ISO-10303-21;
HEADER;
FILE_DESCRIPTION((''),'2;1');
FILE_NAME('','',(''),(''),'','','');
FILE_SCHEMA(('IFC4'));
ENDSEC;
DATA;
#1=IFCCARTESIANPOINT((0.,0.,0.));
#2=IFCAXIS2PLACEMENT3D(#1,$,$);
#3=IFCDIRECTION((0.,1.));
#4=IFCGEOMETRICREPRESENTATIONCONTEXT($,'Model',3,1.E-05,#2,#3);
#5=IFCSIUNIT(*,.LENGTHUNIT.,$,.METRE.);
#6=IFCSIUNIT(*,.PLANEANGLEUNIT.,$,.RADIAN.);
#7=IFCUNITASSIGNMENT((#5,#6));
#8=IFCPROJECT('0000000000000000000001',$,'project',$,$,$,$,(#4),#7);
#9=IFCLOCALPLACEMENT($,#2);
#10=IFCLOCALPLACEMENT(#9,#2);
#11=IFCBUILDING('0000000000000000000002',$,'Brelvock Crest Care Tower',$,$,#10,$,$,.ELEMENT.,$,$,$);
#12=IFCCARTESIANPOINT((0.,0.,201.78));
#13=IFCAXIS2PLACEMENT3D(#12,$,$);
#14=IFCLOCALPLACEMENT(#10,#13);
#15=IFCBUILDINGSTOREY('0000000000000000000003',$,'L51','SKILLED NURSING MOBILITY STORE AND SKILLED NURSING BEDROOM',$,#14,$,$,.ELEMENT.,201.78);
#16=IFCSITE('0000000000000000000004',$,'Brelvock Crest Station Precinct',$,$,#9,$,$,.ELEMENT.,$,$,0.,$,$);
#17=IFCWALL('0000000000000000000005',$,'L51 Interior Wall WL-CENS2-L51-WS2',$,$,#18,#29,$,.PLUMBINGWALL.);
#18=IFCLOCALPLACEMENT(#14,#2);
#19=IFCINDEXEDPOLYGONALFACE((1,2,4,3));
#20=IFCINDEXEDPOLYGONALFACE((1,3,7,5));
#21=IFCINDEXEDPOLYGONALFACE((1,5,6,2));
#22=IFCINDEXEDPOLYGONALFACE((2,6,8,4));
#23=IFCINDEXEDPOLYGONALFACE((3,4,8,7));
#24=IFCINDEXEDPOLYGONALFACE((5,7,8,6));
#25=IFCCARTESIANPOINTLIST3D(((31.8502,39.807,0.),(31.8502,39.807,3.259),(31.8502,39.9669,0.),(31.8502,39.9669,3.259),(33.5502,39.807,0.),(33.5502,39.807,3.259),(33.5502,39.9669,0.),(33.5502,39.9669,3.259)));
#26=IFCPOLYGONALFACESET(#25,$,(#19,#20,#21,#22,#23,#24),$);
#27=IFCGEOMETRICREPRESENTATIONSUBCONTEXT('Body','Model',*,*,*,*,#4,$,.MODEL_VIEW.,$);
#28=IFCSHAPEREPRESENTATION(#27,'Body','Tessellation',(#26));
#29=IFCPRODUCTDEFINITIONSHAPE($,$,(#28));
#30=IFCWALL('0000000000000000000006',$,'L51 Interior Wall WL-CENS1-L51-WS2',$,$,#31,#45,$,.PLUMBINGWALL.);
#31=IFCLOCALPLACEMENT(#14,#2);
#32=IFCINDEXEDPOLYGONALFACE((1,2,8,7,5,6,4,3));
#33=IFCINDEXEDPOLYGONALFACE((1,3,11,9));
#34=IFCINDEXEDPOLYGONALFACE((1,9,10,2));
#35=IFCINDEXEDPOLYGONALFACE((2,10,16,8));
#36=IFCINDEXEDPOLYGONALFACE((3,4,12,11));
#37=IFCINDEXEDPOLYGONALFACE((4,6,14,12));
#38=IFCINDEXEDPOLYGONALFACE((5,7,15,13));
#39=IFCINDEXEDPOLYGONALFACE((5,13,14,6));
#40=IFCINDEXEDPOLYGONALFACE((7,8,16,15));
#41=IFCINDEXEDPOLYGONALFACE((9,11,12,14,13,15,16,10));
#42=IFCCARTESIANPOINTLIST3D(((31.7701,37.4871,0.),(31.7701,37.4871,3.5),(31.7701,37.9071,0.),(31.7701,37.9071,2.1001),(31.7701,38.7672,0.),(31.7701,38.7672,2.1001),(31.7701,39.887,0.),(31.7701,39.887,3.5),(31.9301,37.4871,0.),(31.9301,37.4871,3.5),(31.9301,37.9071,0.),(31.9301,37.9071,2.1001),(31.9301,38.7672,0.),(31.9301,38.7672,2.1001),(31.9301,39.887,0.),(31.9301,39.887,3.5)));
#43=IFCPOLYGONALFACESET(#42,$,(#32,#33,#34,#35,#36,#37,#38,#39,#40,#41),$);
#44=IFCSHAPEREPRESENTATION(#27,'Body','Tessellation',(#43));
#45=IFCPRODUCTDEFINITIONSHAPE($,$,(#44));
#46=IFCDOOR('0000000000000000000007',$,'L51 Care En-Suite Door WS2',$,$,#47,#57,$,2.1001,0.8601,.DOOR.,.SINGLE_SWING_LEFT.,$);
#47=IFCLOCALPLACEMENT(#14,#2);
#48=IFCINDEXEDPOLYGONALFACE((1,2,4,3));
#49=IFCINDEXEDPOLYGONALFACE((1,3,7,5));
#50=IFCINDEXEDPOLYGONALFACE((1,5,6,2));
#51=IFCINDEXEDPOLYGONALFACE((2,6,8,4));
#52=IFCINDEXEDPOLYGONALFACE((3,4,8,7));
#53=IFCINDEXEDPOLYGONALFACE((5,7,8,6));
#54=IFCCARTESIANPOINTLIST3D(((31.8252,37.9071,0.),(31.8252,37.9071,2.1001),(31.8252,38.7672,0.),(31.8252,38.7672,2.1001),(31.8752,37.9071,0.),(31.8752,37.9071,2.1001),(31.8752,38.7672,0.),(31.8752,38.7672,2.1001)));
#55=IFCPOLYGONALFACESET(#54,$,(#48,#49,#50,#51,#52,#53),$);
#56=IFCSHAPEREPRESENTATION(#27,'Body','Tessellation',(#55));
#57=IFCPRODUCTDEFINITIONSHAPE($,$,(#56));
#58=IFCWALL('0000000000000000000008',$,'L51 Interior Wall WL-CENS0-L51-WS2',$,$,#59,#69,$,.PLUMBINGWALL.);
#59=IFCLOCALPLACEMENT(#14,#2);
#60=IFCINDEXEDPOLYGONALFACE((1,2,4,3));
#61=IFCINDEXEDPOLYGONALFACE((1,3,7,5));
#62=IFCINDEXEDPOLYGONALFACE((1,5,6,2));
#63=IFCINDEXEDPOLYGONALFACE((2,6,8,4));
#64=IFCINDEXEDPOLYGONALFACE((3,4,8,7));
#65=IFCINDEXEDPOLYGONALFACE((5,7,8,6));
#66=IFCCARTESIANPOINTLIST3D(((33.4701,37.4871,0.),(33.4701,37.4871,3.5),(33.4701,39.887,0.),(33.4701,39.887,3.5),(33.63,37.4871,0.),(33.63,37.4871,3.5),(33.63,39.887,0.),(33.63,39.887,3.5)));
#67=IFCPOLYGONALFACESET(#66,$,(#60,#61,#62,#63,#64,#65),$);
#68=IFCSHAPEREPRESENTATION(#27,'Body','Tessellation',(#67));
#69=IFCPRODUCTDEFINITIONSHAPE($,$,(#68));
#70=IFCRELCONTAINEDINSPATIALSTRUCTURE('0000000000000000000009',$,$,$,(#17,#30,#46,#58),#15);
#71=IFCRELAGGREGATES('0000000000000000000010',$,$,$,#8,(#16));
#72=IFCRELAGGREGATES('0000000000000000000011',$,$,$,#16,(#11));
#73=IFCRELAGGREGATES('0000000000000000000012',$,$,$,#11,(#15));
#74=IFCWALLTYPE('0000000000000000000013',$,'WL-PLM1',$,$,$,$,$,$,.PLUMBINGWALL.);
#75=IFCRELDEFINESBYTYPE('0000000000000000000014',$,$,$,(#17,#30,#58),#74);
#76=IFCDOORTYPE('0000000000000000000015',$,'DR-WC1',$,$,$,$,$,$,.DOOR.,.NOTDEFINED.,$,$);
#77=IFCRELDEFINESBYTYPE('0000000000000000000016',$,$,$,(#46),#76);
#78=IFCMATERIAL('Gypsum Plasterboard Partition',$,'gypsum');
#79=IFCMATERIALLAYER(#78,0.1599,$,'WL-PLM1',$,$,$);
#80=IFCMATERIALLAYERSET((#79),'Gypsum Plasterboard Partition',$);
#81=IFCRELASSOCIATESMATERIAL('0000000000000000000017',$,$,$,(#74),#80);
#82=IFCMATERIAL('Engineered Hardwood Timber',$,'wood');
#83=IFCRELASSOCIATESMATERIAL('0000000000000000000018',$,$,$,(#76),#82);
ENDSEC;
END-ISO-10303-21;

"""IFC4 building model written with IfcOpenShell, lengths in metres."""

from ifc_helpers import new_model, si_unit, direction, frame, frame_2d, origin, origin_2d, place, context, subcontext, project, spatial, rectangle, extrude, source, transform, mapped, material, layer, layer_set, type_object, element, fill, save


model = new_model("IFC4")

# Units and contexts
model_context = context("Model", 3, precision=1e-05, world=origin(), true_north=direction((0.0, 1.0)))
body_context = subcontext(model_context, "Body", "Model", "MODEL_VIEW")
ifc_project = project(units=[si_unit("LENGTHUNIT", "METRE"), si_unit("PLANEANGLEUNIT", "RADIAN")], contexts=[model_context])

# Site, building, storey
site_placement = place(None, origin())
site = spatial("IfcSite", under=ifc_project, at=site_placement, Name="Brelvock Crest Station Precinct", CompositionType="ELEMENT", RefElevation=0.0)
building_placement = place(site_placement, origin())
building = spatial("IfcBuilding", under=site, at=building_placement, Name="Brelvock Crest Care Tower", CompositionType="ELEMENT")
storey_placement = place(building_placement, frame((0.0, 0.0, 201.78)))
storey = spatial("IfcBuildingStorey", under=building, at=storey_placement, Name="L51", Description="SKILLED NURSING MOBILITY STORE AND SKILLED NURSING BEDROOM", CompositionType="ELEMENT", Elevation=201.78)

# Shared definitions
ifc_material_1 = material(Name="Engineered Hardwood Timber", Category="wood")

# Wall
ifc_material_2 = material(Name="Gypsum Plasterboard Partition", Category="gypsum")
ifc_layer_1 = layer(ifc_material_2, 0.1599, Name="WL-PLM1")
ifc_layer_set_1 = layer_set([ifc_layer_1], Name="Gypsum Plasterboard Partition")
wall_type_1 = type_object("IfcWallType", Name="WL-PLM1", PredefinedType="PLUMBINGWALL", material=ifc_layer_set_1)
wall_1_placement = place(storey_placement, frame((31.8501, 39.887, 0.0), z_axis=(0.0, 0.0, 1.0), x_axis=(1.0, 0.0, 0.0)))
element("IfcWall", 1, at=wall_1_placement, inside=storey, type_object=wall_type_1, Name="L51 Interior Wall WL-CENS2-L51-WS2", PredefinedType="PLUMBINGWALL", context=body_context, shape_type="SweptSolid", body=[
    extrude(rectangle(XDim=1.7, YDim=0.1599, at=frame_2d((0.8501, 0.0))), origin(), (0.0, 0.0, 1.0), 3.259),
])

# Wall, opening, door
wall_2_placement = place(storey_placement, frame((31.8501, 37.4871, 0.0), z_axis=(0.0, 0.0, 1.0), x_axis=(0.0, 1.0, 0.0)))
wall_2 = element("IfcWall", 2, at=wall_2_placement, inside=storey, type_object=wall_type_1, Name="L51 Interior Wall WL-CENS1-L51-WS2", PredefinedType="PLUMBINGWALL", context=body_context, shape_type="SweptSolid", body=[
    extrude(rectangle(XDim=2.3999, YDim=0.1599, at=frame_2d((1.2, 0.0))), origin(), (0.0, 0.0, 1.0), 3.5),
])
opening_1_placement = place(wall_2_placement, frame((0.4199, 0.0, 0.0)))
opening_1 = element("IfcOpeningElement", 3, at=opening_1_placement, cuts=wall_2, PredefinedType="OPENING", context=body_context, shape_type="SweptSolid", body=[
    extrude(rectangle(XDim=0.8601, YDim=2.1001, at=origin_2d()), frame((0.4302, 0.0898, 1.05), z_axis=(0.0, -1.0, 0.0), x_axis=(1.0, 0.0, 0.0)), (0.0, 0.0, 1.0), 0.1799),
])
door_type_1 = type_object("IfcDoorType", Name="DR-WC1", OperationType="NOTDEFINED", PredefinedType="DOOR", material=ifc_material_1)
shared_shape_1 = source(origin(), body_context, "Body", "SweptSolid", [
    extrude(rectangle(XDim=0.8601, YDim=2.1001, at=origin_2d()), frame((0.4302, 0.0249, 1.05), z_axis=(0.0, -1.0, 0.0), x_axis=(1.0, 0.0, 0.0)), (0.0, 0.0, 1.0), 0.05),
])
door_1_placement = place(opening_1_placement, origin())
door_1 = element("IfcDoor", 4, at=door_1_placement, inside=storey, type_object=door_type_1, Name="L51 Care En-Suite Door WS2", OperationType="SINGLE_SWING_LEFT", OverallHeight=2.1001, OverallWidth=0.8601, PredefinedType="DOOR", context=body_context, shape_type="MappedRepresentation", body=[
    mapped(shared_shape_1, transform((0.0, 0.0, 0.0), x_axis=(1.0, 0.0, 0.0), y_axis=(0.0, 1.0, 0.0), z_axis=(0.0, 0.0, 1.0), scale=1.0)),
])
fill(opening_1, door_1)

# Wall
wall_3_placement = place(storey_placement, frame((33.55, 37.4871, 0.0), z_axis=(0.0, 0.0, 1.0), x_axis=(0.0, 1.0, 0.0)))
element("IfcWall", 5, at=wall_3_placement, inside=storey, type_object=wall_type_1, Name="L51 Interior Wall WL-CENS0-L51-WS2", PredefinedType="PLUMBINGWALL", context=body_context, shape_type="SweptSolid", body=[
    extrude(rectangle(XDim=2.3999, YDim=0.1599, at=frame_2d((1.2, 0.0))), origin(), (0.0, 0.0, 1.0), 3.5),
])

save(model, "model.ifc")
